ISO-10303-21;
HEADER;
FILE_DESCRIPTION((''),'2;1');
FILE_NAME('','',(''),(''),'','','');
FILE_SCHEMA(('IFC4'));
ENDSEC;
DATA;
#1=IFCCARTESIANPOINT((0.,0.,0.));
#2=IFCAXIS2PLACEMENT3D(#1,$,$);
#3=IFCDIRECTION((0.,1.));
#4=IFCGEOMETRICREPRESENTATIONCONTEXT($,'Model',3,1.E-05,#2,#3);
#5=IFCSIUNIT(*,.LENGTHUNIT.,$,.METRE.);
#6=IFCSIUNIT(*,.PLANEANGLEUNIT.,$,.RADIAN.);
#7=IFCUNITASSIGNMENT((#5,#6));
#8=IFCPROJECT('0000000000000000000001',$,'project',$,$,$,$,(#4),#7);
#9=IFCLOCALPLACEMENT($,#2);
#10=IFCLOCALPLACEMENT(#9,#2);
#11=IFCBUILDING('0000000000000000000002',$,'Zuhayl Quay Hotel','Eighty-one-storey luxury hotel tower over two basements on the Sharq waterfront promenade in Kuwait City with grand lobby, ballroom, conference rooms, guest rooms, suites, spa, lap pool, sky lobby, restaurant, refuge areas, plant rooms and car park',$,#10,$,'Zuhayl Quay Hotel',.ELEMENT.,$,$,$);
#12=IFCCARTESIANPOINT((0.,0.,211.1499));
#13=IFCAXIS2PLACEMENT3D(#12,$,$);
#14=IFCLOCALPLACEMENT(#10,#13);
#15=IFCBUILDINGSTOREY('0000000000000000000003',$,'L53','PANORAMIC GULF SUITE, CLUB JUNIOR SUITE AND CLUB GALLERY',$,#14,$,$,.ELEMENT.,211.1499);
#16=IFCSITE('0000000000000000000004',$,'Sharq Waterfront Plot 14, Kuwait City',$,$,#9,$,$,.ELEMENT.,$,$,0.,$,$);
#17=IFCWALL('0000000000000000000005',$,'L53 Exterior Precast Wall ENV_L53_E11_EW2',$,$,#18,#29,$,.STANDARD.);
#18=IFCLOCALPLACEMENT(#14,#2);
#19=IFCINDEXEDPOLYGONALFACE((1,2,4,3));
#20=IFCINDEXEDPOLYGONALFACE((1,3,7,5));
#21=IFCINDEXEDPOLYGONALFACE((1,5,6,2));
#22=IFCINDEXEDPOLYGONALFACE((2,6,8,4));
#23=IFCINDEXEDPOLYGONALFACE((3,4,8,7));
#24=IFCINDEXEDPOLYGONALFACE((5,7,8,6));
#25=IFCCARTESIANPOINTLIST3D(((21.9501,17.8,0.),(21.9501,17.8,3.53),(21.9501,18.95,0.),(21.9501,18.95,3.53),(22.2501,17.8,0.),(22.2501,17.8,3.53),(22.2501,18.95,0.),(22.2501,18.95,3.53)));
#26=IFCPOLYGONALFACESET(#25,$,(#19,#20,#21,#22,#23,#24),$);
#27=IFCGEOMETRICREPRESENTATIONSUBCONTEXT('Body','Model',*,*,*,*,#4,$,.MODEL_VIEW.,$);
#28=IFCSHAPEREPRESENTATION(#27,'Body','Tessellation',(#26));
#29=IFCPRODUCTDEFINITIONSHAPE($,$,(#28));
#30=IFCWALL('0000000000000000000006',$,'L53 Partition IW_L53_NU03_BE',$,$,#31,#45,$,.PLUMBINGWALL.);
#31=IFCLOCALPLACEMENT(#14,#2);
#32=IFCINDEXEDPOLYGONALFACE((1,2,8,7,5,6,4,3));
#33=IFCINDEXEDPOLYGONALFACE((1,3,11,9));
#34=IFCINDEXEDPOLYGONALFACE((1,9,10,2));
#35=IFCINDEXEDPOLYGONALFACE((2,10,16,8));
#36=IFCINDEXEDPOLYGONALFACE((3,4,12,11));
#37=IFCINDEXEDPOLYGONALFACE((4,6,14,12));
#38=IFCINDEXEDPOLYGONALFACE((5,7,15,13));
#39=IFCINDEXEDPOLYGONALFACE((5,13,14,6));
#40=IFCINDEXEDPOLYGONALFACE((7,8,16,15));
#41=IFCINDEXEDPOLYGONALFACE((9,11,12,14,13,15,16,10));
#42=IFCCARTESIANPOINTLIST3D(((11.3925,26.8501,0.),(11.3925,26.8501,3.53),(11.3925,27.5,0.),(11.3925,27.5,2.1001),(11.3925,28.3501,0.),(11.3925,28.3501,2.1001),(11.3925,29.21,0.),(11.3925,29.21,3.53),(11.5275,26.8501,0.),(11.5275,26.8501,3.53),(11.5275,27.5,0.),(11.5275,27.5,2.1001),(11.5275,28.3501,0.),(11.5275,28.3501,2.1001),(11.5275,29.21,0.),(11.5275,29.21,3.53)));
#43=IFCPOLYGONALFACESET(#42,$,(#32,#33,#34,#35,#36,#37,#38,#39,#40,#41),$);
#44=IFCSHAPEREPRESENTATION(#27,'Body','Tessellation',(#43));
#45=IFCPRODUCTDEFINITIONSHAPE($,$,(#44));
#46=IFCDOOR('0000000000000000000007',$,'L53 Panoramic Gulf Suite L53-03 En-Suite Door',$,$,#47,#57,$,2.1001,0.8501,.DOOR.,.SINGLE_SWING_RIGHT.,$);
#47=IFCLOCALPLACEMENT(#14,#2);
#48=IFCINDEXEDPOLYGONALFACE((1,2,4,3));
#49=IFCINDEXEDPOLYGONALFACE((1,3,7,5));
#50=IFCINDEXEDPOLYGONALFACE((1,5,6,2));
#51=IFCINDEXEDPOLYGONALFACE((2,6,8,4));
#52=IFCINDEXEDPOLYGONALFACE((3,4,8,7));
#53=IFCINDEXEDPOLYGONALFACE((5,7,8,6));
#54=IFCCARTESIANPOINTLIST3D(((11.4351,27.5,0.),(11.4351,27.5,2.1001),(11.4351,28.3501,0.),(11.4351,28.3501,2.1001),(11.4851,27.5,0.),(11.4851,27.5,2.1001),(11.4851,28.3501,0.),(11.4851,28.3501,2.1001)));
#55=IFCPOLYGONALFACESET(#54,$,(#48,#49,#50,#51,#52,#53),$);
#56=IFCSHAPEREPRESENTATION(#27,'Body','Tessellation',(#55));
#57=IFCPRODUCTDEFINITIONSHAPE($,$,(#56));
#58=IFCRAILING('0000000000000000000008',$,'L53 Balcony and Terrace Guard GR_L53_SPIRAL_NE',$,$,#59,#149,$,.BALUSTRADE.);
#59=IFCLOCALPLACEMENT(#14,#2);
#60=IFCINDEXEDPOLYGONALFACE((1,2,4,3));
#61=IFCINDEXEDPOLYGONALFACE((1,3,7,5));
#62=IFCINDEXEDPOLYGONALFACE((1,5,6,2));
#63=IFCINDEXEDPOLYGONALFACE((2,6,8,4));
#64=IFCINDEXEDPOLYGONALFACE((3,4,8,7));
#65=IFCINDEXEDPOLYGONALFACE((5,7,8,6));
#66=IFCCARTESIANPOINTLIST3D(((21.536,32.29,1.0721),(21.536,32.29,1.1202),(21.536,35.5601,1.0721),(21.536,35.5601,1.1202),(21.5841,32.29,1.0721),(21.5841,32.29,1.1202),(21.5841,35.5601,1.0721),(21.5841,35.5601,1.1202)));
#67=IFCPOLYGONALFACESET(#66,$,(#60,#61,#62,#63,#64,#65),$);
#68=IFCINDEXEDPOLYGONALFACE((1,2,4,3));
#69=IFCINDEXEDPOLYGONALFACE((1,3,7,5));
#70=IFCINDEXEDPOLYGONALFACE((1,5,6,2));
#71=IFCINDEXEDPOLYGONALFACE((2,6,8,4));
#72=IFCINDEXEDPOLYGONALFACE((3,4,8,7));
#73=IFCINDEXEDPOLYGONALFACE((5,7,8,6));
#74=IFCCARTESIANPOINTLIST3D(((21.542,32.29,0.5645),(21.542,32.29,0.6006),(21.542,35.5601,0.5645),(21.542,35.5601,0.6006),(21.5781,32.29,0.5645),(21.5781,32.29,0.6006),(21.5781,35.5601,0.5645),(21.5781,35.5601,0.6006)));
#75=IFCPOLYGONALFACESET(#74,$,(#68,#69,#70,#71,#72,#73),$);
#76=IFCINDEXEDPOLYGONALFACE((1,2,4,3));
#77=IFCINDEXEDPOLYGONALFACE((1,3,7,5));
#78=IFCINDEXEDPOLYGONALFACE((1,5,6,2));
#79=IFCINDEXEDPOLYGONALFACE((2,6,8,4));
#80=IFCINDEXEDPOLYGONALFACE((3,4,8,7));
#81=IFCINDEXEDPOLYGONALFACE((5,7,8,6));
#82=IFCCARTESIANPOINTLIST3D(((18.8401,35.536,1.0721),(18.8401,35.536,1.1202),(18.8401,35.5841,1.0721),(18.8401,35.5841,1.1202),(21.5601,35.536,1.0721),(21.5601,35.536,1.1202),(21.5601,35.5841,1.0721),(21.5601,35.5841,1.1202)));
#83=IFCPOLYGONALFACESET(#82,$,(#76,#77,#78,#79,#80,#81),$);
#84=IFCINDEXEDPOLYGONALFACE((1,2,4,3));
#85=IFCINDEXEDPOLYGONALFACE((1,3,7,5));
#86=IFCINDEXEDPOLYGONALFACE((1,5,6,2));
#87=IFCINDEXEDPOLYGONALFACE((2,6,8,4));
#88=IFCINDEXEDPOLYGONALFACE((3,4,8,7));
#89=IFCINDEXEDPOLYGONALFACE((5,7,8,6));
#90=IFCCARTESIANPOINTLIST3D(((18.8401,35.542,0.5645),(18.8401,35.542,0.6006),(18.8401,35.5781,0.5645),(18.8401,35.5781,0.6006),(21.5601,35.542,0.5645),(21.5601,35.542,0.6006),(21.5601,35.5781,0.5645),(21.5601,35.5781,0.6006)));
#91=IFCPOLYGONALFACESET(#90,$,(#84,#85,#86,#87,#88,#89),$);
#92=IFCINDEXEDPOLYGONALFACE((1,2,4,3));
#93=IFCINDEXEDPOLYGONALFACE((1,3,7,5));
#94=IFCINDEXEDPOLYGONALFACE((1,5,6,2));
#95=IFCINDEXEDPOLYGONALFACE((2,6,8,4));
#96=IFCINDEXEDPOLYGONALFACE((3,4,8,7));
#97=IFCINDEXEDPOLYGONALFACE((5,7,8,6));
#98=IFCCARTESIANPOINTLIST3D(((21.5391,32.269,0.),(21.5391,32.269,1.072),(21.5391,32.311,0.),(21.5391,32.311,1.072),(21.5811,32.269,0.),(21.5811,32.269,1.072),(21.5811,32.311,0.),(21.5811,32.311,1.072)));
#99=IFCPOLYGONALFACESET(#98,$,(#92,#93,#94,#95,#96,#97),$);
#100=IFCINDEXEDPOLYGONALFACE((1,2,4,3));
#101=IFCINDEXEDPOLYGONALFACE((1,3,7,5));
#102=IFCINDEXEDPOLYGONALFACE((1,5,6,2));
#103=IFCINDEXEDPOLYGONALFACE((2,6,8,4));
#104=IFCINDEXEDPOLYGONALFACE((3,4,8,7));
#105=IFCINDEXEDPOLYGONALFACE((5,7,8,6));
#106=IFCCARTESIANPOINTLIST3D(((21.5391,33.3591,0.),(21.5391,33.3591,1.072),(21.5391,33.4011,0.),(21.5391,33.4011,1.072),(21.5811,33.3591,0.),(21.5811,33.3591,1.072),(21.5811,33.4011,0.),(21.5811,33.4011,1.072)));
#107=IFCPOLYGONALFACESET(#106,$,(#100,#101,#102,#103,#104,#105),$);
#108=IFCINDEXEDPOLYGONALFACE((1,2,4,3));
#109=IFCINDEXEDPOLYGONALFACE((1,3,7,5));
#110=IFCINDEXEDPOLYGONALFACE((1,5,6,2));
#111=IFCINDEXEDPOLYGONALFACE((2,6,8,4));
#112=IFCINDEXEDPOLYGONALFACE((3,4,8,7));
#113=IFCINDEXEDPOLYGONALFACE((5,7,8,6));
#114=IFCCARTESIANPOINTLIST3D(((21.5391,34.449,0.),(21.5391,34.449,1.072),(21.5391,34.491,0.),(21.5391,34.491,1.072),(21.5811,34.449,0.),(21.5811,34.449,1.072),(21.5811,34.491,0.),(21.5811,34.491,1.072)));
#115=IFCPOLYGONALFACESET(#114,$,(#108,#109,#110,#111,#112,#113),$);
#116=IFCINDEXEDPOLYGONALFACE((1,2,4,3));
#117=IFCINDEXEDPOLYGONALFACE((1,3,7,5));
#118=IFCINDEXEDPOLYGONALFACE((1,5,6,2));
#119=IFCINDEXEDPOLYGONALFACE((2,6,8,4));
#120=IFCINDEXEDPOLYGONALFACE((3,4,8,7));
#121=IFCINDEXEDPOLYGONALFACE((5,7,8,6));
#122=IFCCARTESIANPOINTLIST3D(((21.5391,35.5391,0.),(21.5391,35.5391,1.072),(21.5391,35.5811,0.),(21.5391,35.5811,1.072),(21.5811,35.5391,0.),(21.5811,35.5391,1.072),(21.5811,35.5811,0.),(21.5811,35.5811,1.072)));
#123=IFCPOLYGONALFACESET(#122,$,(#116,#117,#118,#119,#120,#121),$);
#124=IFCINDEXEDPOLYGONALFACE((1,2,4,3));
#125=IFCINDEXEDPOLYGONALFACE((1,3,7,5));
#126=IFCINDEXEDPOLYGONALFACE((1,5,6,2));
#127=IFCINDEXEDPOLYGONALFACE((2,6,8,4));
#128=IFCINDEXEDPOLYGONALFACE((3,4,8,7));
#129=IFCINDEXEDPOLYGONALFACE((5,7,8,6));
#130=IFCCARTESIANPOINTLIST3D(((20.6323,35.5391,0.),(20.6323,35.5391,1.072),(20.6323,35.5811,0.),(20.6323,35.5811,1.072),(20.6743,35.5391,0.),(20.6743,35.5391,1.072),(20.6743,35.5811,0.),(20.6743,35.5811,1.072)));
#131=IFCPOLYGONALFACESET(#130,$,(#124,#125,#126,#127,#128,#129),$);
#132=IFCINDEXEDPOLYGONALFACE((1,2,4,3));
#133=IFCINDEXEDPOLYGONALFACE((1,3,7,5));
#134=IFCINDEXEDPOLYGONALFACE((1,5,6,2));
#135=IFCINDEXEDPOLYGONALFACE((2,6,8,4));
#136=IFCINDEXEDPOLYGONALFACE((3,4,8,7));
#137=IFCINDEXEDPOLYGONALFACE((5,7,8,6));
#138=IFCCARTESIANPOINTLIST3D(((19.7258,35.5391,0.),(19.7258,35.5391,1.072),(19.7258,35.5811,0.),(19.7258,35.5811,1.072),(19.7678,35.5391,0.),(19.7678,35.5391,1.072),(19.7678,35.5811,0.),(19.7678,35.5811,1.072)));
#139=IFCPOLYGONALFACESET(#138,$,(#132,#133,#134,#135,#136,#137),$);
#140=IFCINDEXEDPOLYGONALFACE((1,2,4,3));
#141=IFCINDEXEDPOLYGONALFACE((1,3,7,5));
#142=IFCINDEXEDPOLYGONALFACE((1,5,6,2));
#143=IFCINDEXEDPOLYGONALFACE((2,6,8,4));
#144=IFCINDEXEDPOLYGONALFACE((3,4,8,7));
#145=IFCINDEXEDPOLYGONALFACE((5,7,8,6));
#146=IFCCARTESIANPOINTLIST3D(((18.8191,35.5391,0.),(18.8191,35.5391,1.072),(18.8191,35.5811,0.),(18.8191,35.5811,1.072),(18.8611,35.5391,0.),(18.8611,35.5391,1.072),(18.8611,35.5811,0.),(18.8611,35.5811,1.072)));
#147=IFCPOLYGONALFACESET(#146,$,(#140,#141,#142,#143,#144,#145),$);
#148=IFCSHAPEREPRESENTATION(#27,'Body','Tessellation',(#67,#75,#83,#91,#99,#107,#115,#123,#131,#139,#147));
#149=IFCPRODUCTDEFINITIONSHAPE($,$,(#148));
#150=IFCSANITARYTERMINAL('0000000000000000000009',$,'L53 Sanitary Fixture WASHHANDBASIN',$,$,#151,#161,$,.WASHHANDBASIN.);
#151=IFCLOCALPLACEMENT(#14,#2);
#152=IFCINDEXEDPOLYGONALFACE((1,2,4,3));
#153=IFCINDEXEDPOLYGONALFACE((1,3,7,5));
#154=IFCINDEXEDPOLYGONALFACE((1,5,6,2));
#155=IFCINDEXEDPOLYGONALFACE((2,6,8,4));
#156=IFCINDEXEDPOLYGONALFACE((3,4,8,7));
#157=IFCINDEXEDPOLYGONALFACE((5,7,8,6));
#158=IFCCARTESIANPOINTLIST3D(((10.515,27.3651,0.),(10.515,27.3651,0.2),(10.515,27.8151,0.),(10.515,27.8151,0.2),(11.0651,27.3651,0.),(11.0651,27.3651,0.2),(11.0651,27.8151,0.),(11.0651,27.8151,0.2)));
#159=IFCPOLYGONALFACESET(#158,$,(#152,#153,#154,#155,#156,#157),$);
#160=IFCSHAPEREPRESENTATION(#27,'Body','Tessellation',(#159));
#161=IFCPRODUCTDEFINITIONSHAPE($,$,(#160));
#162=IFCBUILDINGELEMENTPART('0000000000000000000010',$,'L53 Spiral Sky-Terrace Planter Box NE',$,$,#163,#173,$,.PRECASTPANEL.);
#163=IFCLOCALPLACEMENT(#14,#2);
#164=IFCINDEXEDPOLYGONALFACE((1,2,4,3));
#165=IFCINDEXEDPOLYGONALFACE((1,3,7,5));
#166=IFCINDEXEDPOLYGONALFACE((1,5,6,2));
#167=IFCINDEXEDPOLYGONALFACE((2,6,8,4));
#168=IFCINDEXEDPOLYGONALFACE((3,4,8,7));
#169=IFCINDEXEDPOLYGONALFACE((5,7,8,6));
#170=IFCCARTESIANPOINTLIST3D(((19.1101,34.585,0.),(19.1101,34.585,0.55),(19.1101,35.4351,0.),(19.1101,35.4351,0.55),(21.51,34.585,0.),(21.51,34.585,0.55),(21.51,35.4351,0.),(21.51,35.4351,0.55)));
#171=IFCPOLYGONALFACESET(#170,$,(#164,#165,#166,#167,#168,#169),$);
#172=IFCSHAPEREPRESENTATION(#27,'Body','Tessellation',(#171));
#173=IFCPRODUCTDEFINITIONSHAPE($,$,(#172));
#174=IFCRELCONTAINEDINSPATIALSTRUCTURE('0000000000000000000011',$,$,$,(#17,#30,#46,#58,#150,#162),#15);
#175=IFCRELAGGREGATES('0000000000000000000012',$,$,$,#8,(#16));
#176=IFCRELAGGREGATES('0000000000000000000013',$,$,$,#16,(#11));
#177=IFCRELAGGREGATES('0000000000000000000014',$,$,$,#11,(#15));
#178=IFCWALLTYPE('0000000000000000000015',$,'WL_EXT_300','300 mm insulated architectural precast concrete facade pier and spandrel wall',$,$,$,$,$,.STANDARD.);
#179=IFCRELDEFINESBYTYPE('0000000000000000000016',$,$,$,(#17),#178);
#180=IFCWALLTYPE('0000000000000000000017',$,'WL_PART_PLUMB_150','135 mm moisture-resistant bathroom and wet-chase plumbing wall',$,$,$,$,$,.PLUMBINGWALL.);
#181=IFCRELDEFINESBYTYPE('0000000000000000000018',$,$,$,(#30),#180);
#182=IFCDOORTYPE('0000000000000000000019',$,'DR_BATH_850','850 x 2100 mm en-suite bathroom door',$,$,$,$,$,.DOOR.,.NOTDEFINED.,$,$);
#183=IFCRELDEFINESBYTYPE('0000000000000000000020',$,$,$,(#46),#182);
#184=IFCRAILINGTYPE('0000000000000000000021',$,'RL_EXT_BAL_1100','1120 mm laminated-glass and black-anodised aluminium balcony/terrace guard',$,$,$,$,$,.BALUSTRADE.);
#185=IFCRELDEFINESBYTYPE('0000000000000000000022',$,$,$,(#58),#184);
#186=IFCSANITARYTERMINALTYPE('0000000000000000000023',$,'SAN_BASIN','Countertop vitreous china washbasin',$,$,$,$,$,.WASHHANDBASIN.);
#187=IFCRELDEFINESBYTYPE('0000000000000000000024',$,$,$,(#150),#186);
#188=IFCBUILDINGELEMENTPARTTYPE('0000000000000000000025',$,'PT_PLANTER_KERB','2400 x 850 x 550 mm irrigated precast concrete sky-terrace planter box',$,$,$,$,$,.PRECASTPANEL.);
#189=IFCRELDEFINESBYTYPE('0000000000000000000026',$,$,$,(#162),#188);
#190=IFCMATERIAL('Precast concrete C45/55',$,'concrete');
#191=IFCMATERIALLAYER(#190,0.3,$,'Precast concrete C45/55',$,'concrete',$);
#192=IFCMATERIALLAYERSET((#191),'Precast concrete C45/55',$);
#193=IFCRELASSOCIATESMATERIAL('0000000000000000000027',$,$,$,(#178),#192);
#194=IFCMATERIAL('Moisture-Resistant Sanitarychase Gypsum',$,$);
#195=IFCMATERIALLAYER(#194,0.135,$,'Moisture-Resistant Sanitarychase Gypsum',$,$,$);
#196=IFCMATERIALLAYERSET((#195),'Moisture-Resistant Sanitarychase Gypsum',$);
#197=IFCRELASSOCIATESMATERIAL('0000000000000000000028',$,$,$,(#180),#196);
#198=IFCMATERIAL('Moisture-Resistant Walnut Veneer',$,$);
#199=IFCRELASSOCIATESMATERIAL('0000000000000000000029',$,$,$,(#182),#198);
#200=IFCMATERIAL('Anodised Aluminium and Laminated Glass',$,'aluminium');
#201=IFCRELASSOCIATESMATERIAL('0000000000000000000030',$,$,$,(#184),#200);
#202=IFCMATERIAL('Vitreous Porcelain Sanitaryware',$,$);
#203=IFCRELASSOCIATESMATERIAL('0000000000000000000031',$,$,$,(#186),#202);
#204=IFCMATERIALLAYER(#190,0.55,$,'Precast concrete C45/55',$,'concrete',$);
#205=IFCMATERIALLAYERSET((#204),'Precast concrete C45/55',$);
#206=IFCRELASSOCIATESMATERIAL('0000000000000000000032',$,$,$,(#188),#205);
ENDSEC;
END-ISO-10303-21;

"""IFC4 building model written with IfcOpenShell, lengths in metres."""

from ifc_helpers import new_model, si_unit, direction, frame, frame_2d, origin, origin_2d, place, context, subcontext, project, spatial, rectangle, extrude, material, layer, layer_set, type_object, element, fill, save


model = new_model("IFC4")

# Units and contexts
model_context = context("Model", 3, precision=1e-05, world=origin(), true_north=direction((0.0, 1.0)))
body_context = subcontext(model_context, "Body", "Model", "MODEL_VIEW")
ifc_project = project(units=[si_unit("LENGTHUNIT", "METRE"), si_unit("PLANEANGLEUNIT", "RADIAN")], contexts=[model_context])

# Site, building, storey
site_placement = place(None, origin())
site = spatial("IfcSite", under=ifc_project, at=site_placement, Name="Sharq Waterfront Plot 14, Kuwait City", CompositionType="ELEMENT", RefElevation=0.0)
building_placement = place(site_placement, origin())
building = spatial("IfcBuilding", under=site, at=building_placement, Name="Zuhayl Quay Hotel", Description="Eighty-one-storey luxury hotel tower over two basements on the Sharq waterfront promenade in Kuwait City with grand lobby, ballroom, conference rooms, guest rooms, suites, spa, lap pool, sky lobby, restaurant, refuge areas, plant rooms and car park", LongName="Zuhayl Quay Hotel", CompositionType="ELEMENT")
storey_placement = place(building_placement, frame((0.0, 0.0, 211.1499)))
storey = spatial("IfcBuildingStorey", under=building, at=storey_placement, Name="L53", Description="PANORAMIC GULF SUITE, CLUB JUNIOR SUITE AND CLUB GALLERY", CompositionType="ELEMENT", Elevation=211.1499)

# Shared definitions
ifc_material_1 = material(Name="Precast concrete C45/55", Category="concrete")
ifc_layer_1 = layer(ifc_material_1, 0.3, Name="Precast concrete C45/55", Category="concrete")
ifc_layer_set_1 = layer_set([ifc_layer_1], Name="Precast concrete C45/55")
wall_type_1 = type_object("IfcWallType", Name="WL_EXT_300", Description="300 mm insulated architectural precast concrete facade pier and spandrel wall", PredefinedType="STANDARD", material=ifc_layer_set_1)

# Wall
wall_1_placement = place(storey_placement, frame((22.1001, 18.95, 0.0), z_axis=(0.0, 0.0, 1.0), x_axis=(0.0, -1.0, 0.0)))
element("IfcWall", 1, at=wall_1_placement, inside=storey, type_object=wall_type_1, Name="L53 Exterior Precast Wall ENV_L53_E11_EW2", PredefinedType="STANDARD", context=body_context, shape_type="SweptSolid", body=[
    extrude(rectangle(XDim=1.1499, YDim=0.3, at=frame_2d((0.575, 0.0))), origin(), (0.0, 0.0, 1.0), 3.53),
])

# Wall, opening, door
ifc_material_2 = material(Name="Moisture-Resistant Sanitarychase Gypsum")
ifc_layer_2 = layer(ifc_material_2, 0.135, Name="Moisture-Resistant Sanitarychase Gypsum")
ifc_layer_set_2 = layer_set([ifc_layer_2], Name="Moisture-Resistant Sanitarychase Gypsum")
wall_type_2 = type_object("IfcWallType", Name="WL_PART_PLUMB_150", Description="135 mm moisture-resistant bathroom and wet-chase plumbing wall", PredefinedType="PLUMBINGWALL", material=ifc_layer_set_2)
wall_2_placement = place(storey_placement, frame((11.46, 26.8501, 0.0), z_axis=(0.0, 0.0, 1.0), x_axis=(0.0, 1.0, 0.0)))
wall_2 = element("IfcWall", 2, at=wall_2_placement, inside=storey, type_object=wall_type_2, Name="L53 Partition IW_L53_NU03_BE", PredefinedType="PLUMBINGWALL", context=body_context, shape_type="SweptSolid", body=[
    extrude(rectangle(XDim=2.3599, YDim=0.135, at=frame_2d((1.1799, 0.0))), origin(), (0.0, 0.0, 1.0), 3.53),
])
opening_1_placement = place(wall_2_placement, frame((0.6499, 0.0, 0.0)))
opening_1 = element("IfcOpeningElement", 3, at=opening_1_placement, cuts=wall_2, PredefinedType="OPENING", context=body_context, shape_type="SweptSolid", body=[
    extrude(rectangle(XDim=0.8501, YDim=2.1001, at=frame_2d((0.425, 1.05))), frame((0.0, 0.0774, 0.0), z_axis=(0.0, -1.0, 0.0), x_axis=(1.0, 0.0, 0.0)), (0.0, 0.0, 1.0), 0.155),
])
ifc_material_3 = material(Name="Moisture-Resistant Walnut Veneer")
door_type_1 = type_object("IfcDoorType", Name="DR_BATH_850", Description="850 x 2100 mm en-suite bathroom door", OperationType="NOTDEFINED", PredefinedType="DOOR", material=ifc_material_3)
door_1_placement = place(opening_1_placement, origin())
door_1 = element("IfcDoor", 4, at=door_1_placement, inside=storey, type_object=door_type_1, Name="L53 Panoramic Gulf Suite L53-03 En-Suite Door", OperationType="SINGLE_SWING_RIGHT", OverallHeight=2.1001, OverallWidth=0.8501, PredefinedType="DOOR", context=body_context, shape_type="SweptSolid", body=[
    extrude(rectangle(XDim=0.8501, YDim=2.1001, at=frame_2d((0.425, 1.05))), frame((0.0, 0.0249, 0.0), z_axis=(0.0, -1.0, 0.0), x_axis=(1.0, 0.0, 0.0)), (0.0, 0.0, 1.0), 0.05),
])
fill(opening_1, door_1)

# Railing
ifc_material_4 = material(Name="Anodised Aluminium and Laminated Glass", Category="aluminium")
railing_type = type_object("IfcRailingType", Name="RL_EXT_BAL_1100", Description="1120 mm laminated-glass and black-anodised aluminium balcony/terrace guard", PredefinedType="BALUSTRADE", material=ifc_material_4)
railing_placement = place(storey_placement, frame((21.5601, 32.29, 0.0)))
element("IfcRailing", 5, at=railing_placement, inside=storey, type_object=railing_type, Name="L53 Balcony and Terrace Guard GR_L53_SPIRAL_NE", PredefinedType="BALUSTRADE", context=body_context, shape_type="SweptSolid", body=[
    extrude(rectangle(XDim=0.0481, YDim=0.0481, at=origin_2d()), frame((0.0, 0.0, 1.0962), z_axis=(0.0, 1.0, 0.0), x_axis=(-1.0, 0.0, 0.0)), (0.0, 0.0, 1.0), 3.27),
    extrude(rectangle(XDim=0.0361, YDim=0.0361, at=origin_2d()), frame((0.0, 0.0, 0.5825), z_axis=(0.0, 1.0, 0.0), x_axis=(-1.0, 0.0, 0.0)), (0.0, 0.0, 1.0), 3.27),
    extrude(rectangle(XDim=0.0481, YDim=0.0481, at=origin_2d()), frame((0.0, 3.27, 1.0962), z_axis=(-1.0, 0.0, 0.0), x_axis=(0.0, -1.0, 0.0)), (0.0, 0.0, 1.0), 2.72),
    extrude(rectangle(XDim=0.0361, YDim=0.0361, at=origin_2d()), frame((0.0, 3.27, 0.5825), z_axis=(-1.0, 0.0, 0.0), x_axis=(0.0, -1.0, 0.0)), (0.0, 0.0, 1.0), 2.72),
    extrude(rectangle(XDim=0.042, YDim=0.042, at=origin_2d()), origin(), (0.0, 0.0, 1.0), 1.072),
    extrude(rectangle(XDim=0.042, YDim=0.042, at=origin_2d()), frame((0.0, 1.0901, 0.0)), (0.0, 0.0, 1.0), 1.072),
    extrude(rectangle(XDim=0.042, YDim=0.042, at=origin_2d()), frame((0.0, 2.1799, 0.0)), (0.0, 0.0, 1.0), 1.072),
    extrude(rectangle(XDim=0.042, YDim=0.042, at=origin_2d()), frame((0.0, 3.27, 0.0)), (0.0, 0.0, 1.0), 1.072),
    extrude(rectangle(XDim=0.042, YDim=0.042, at=origin_2d()), frame((-0.9067, 3.27, 0.0)), (0.0, 0.0, 1.0), 1.072),
    extrude(rectangle(XDim=0.042, YDim=0.042, at=origin_2d()), frame((-1.8132, 3.27, 0.0)), (0.0, 0.0, 1.0), 1.072),
    extrude(rectangle(XDim=0.042, YDim=0.042, at=origin_2d()), frame((-2.72, 3.27, 0.0)), (0.0, 0.0, 1.0), 1.072),
])

# Sanitary terminal
ifc_material_5 = material(Name="Vitreous Porcelain Sanitaryware")
sanitary_terminal_type = type_object("IfcSanitaryTerminalType", Name="SAN_BASIN", Description="Countertop vitreous china washbasin", PredefinedType="WASHHANDBASIN", material=ifc_material_5)
sanitary_terminal_placement = place(storey_placement, frame((10.79, 27.5901, 0.0), z_axis=(0.0, 0.0, 1.0), x_axis=(1.0, 0.0, 0.0)))
element("IfcSanitaryTerminal", 6, at=sanitary_terminal_placement, inside=storey, type_object=sanitary_terminal_type, Name="L53 Sanitary Fixture WASHHANDBASIN", PredefinedType="WASHHANDBASIN", context=body_context, shape_type="SweptSolid", body=[
    extrude(rectangle(XDim=0.55, YDim=0.45, at=origin_2d()), origin(), (0.0, 0.0, 1.0), 0.2),
])

# Building element part
ifc_layer_3 = layer(ifc_material_1, 0.55, Name="Precast concrete C45/55", Category="concrete")
ifc_layer_set_3 = layer_set([ifc_layer_3], Name="Precast concrete C45/55")
building_element_part_type = type_object("IfcBuildingElementPartType", Name="PT_PLANTER_KERB", Description="2400 x 850 x 550 mm irrigated precast concrete sky-terrace planter box", PredefinedType="PRECASTPANEL", material=ifc_layer_set_3)
building_element_part_placement = place(storey_placement, frame((20.3101, 35.01, 0.0), z_axis=(0.0, 0.0, 1.0), x_axis=(1.0, 0.0, 0.0)))
element("IfcBuildingElementPart", 7, at=building_element_part_placement, inside=storey, type_object=building_element_part_type, Name="L53 Spiral Sky-Terrace Planter Box NE", PredefinedType="PRECASTPANEL", context=body_context, shape_type="SweptSolid", body=[
    extrude(rectangle(XDim=2.3999, YDim=0.8501, at=origin_2d()), origin(), (0.0, 0.0, 1.0), 0.55),
])

save(model, "model.ifc")
